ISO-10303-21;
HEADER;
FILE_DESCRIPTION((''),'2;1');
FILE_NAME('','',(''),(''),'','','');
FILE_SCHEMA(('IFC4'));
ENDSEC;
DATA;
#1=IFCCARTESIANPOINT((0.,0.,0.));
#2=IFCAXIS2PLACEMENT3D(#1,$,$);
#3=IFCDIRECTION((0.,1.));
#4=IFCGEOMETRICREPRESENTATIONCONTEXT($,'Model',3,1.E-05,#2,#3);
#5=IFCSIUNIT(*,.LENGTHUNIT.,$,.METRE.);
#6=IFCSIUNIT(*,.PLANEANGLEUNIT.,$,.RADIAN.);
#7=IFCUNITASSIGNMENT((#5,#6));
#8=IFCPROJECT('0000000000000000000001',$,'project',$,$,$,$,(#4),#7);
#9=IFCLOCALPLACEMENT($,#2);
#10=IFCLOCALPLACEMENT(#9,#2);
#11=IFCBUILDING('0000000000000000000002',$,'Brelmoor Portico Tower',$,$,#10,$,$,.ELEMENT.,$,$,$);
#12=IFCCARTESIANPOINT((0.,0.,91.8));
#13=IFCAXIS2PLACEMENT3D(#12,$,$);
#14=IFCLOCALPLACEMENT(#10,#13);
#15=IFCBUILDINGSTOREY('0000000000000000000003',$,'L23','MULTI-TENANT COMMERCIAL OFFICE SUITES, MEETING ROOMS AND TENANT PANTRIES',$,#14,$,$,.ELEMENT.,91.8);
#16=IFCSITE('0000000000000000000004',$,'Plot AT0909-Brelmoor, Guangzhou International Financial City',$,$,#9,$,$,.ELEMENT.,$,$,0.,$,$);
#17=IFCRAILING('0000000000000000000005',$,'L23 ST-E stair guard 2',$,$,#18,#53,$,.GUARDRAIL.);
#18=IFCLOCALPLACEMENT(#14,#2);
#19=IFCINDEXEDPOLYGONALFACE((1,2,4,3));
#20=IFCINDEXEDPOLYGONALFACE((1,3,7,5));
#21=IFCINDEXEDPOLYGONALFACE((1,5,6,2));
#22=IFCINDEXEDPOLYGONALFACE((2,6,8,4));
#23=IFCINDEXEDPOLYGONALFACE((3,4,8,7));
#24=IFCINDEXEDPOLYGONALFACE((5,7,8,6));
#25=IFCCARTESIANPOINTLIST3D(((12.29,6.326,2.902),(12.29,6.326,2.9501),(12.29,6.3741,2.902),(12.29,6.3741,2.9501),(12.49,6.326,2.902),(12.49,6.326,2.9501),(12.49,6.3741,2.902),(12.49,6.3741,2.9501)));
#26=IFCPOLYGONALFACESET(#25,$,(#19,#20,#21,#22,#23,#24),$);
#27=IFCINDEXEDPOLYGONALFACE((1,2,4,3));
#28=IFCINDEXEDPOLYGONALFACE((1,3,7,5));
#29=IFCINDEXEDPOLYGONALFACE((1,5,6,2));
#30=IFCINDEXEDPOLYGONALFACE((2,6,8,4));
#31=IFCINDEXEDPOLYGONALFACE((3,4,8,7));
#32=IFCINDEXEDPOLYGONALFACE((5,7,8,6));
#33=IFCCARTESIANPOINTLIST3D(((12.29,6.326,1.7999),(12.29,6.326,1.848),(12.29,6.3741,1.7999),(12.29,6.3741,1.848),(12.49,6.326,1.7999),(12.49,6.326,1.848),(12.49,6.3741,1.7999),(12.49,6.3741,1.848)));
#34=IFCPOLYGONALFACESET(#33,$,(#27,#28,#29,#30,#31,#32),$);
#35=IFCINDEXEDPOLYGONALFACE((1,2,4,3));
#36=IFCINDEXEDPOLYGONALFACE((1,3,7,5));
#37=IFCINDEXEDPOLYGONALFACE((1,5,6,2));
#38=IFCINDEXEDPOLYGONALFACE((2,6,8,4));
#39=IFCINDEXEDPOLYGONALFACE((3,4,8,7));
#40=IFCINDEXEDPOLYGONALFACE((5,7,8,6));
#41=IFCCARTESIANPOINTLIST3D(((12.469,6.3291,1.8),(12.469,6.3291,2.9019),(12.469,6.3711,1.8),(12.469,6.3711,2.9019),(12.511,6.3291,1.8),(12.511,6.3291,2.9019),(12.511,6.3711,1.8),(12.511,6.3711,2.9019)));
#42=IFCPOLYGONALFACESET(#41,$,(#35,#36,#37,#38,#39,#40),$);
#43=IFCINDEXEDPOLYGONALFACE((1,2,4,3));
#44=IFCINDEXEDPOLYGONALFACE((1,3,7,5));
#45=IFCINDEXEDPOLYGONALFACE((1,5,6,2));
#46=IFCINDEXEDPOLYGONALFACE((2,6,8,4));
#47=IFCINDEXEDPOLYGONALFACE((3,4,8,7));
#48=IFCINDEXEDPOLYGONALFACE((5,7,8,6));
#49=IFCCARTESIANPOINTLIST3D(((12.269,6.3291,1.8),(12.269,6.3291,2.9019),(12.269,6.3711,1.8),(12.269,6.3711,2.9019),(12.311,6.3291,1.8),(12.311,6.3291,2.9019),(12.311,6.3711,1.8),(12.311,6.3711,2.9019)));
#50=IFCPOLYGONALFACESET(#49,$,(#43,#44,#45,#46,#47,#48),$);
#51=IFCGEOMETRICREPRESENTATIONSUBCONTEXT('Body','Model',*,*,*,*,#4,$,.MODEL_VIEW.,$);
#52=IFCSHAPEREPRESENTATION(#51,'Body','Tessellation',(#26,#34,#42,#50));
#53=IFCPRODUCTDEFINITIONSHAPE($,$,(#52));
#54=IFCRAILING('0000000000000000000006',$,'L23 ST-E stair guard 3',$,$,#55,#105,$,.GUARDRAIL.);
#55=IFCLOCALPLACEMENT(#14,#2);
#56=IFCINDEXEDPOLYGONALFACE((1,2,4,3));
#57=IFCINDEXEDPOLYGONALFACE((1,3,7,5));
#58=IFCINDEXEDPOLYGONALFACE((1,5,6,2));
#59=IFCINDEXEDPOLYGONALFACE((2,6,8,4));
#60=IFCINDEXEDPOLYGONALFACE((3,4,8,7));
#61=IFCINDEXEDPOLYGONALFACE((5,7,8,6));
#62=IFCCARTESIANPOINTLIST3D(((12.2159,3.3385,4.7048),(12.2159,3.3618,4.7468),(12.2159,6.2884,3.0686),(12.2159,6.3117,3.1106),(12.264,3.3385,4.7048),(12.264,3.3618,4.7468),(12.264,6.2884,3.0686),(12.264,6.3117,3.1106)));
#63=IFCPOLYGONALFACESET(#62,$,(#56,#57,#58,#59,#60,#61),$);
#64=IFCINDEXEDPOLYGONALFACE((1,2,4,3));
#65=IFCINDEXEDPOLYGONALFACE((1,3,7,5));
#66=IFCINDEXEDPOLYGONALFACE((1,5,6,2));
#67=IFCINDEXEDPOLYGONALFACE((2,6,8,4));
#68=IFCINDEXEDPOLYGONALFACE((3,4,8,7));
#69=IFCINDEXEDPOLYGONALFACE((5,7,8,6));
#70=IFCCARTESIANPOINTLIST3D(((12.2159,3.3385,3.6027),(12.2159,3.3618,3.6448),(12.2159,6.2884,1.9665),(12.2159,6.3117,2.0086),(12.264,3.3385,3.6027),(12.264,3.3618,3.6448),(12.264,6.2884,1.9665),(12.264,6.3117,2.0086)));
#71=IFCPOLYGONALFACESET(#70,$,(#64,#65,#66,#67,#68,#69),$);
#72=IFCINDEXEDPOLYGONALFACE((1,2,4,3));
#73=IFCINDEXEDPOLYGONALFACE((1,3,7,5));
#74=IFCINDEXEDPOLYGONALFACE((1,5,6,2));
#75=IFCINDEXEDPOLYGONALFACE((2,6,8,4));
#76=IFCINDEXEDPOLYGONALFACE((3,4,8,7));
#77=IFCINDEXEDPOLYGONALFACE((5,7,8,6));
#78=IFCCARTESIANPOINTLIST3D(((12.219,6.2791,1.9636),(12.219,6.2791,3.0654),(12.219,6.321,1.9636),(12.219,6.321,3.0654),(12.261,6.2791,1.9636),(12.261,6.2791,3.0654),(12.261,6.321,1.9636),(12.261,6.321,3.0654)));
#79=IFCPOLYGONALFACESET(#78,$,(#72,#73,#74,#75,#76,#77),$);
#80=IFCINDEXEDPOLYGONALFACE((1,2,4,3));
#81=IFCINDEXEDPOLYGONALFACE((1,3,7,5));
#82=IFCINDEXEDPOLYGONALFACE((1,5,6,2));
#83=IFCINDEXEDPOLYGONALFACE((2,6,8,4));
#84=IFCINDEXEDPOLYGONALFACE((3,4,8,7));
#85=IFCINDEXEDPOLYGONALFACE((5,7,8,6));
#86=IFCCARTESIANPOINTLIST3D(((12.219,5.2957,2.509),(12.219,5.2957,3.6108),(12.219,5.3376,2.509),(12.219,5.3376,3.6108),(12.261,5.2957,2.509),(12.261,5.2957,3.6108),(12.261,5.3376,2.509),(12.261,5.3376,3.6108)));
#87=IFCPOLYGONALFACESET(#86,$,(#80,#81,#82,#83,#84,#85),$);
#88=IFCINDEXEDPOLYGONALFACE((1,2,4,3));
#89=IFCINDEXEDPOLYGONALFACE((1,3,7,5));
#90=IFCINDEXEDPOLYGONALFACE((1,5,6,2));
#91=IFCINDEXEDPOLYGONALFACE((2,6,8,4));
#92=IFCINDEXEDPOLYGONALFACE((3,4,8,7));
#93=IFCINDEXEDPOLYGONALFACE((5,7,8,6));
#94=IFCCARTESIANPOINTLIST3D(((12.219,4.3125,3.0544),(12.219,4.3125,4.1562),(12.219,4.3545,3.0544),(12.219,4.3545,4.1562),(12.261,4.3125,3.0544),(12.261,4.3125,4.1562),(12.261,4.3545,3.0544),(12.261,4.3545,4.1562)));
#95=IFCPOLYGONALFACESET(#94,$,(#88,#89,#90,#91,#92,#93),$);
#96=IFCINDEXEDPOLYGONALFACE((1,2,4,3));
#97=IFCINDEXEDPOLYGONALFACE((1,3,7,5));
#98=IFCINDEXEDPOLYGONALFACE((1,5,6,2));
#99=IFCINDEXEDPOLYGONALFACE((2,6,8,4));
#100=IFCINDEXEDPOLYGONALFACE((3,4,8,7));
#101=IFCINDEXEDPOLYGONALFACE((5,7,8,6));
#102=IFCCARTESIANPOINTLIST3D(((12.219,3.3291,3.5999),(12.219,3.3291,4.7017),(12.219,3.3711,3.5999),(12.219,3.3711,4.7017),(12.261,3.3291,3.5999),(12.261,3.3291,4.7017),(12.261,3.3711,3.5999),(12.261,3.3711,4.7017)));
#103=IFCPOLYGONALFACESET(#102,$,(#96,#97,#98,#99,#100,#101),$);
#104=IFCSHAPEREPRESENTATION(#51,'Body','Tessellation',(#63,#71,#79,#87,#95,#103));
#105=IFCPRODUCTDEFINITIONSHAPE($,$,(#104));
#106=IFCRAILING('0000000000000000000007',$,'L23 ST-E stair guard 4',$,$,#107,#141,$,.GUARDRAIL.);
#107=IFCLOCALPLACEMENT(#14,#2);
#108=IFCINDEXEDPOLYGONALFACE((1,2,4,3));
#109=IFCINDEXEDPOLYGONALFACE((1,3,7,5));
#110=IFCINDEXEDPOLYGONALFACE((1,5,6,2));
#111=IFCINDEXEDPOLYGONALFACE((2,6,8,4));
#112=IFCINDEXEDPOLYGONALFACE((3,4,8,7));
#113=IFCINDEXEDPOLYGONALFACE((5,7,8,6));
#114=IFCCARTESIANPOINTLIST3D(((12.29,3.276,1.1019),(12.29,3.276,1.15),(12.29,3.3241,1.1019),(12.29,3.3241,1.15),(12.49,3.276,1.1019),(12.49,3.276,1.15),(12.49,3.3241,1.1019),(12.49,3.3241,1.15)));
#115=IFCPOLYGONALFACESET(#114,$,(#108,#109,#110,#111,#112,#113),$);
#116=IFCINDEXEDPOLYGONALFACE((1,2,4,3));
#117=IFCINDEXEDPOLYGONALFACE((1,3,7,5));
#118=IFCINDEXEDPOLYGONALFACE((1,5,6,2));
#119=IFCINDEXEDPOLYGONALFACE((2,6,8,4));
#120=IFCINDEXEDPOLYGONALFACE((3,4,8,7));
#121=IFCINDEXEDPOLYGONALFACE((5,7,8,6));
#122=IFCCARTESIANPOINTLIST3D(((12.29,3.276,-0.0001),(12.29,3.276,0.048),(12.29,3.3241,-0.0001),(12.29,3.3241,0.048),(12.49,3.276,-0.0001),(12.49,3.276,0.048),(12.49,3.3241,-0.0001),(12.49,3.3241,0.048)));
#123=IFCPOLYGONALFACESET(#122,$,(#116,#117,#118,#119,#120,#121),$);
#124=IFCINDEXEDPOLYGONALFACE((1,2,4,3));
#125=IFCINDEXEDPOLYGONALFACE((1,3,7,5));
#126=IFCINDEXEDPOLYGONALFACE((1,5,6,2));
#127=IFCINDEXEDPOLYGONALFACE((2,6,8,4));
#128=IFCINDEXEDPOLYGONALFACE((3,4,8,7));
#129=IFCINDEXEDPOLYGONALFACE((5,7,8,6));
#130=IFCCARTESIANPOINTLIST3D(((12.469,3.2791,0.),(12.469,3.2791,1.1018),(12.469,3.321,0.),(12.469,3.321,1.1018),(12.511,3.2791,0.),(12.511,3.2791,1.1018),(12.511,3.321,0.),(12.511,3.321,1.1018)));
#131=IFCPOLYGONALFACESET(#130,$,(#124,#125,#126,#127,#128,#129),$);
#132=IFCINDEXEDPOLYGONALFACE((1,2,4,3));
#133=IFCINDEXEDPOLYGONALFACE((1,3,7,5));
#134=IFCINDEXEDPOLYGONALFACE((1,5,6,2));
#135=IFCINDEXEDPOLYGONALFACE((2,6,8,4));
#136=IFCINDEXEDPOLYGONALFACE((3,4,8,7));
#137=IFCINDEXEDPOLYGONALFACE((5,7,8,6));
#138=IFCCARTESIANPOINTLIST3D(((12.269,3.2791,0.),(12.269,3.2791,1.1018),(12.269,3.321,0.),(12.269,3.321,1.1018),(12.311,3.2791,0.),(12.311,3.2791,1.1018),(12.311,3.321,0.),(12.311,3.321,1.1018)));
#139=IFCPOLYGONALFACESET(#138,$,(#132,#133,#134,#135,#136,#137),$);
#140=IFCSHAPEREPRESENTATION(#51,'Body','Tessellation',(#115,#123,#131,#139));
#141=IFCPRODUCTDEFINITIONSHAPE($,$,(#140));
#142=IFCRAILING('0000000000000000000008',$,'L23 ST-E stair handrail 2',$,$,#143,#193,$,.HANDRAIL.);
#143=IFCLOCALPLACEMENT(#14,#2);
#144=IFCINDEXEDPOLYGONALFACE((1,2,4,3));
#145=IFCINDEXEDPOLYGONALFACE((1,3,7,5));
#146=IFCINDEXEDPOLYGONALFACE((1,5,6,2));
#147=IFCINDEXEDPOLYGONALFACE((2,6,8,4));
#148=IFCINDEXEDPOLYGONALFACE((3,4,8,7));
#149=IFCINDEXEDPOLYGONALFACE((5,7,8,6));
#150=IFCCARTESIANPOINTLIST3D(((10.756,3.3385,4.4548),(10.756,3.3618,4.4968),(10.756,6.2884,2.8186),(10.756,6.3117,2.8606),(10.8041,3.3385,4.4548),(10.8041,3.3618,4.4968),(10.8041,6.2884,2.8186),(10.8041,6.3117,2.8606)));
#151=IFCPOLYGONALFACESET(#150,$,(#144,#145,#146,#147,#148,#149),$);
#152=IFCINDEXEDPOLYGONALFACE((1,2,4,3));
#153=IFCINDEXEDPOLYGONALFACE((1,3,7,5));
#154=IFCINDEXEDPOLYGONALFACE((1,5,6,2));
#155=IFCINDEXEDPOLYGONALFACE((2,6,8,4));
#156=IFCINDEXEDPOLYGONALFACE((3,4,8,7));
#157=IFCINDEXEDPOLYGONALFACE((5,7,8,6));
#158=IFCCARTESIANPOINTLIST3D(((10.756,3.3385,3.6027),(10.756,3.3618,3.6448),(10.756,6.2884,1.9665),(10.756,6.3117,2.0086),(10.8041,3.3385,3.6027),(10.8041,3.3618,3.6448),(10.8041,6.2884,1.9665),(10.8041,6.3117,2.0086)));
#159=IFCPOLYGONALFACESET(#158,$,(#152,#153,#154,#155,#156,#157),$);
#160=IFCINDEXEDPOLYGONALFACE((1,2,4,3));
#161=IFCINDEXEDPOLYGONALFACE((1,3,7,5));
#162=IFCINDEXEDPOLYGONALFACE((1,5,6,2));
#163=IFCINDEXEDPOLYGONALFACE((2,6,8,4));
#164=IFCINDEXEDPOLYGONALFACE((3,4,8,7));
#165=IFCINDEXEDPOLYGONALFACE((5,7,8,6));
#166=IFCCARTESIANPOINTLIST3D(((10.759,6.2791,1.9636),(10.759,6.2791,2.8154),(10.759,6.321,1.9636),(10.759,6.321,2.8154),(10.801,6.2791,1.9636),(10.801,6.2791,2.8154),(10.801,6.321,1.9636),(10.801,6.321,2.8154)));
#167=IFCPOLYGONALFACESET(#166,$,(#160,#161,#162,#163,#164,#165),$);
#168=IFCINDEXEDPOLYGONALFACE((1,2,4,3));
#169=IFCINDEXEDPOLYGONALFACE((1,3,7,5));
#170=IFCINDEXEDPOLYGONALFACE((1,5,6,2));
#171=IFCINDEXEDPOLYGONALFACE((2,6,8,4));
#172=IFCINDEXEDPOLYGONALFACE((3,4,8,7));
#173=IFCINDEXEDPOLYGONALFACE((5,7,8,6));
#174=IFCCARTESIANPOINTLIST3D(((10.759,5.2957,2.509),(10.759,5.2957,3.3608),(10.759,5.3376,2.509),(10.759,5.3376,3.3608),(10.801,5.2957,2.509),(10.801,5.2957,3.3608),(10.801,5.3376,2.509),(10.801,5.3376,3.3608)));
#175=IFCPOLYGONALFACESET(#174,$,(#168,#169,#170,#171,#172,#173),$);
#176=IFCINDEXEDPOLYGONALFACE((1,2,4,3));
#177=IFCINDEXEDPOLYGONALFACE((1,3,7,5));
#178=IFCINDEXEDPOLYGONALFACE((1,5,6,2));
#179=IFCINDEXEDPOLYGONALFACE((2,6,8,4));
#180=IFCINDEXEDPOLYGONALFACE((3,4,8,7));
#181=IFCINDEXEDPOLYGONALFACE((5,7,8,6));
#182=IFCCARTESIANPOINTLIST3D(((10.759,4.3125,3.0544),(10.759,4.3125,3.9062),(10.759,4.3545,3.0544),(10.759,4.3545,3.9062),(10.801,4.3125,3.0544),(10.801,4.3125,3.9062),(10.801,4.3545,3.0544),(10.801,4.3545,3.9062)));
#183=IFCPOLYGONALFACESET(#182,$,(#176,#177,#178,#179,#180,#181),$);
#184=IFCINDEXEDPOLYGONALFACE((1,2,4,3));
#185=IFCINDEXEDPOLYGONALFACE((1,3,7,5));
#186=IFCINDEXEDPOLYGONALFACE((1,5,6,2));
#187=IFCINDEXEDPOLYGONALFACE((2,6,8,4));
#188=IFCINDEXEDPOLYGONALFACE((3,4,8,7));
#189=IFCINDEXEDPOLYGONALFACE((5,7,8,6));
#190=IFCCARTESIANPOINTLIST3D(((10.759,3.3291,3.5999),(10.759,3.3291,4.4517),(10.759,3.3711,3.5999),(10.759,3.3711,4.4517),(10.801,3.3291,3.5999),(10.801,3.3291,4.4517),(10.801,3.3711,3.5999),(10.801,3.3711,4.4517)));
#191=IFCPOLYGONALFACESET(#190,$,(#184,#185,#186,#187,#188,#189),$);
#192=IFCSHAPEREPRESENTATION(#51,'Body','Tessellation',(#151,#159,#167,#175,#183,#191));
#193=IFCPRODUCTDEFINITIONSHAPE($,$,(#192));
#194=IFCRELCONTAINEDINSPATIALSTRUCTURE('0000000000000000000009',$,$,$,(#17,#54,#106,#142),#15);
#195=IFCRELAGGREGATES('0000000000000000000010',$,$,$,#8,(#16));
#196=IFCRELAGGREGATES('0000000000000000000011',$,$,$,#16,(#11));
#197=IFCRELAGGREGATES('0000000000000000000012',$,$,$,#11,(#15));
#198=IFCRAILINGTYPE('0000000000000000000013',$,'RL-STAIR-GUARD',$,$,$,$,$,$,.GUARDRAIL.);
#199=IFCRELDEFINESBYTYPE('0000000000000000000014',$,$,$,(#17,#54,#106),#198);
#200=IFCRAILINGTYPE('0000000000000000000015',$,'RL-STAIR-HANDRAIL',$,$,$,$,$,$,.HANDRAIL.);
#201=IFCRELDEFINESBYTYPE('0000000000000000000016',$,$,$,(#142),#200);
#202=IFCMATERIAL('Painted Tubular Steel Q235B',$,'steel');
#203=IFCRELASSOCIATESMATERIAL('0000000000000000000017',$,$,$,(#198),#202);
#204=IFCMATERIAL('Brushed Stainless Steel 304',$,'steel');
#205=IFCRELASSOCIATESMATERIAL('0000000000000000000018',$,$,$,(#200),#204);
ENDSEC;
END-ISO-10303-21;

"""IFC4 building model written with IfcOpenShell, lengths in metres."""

from ifc_helpers import new_model, si_unit, direction, frame, origin, origin_2d, place, context, subcontext, project, spatial, rectangle, extrude, material, type_object, element, save


model = new_model("IFC4")

# Units and contexts
model_context = context("Model", 3, precision=1e-05, world=origin(), true_north=direction((0.0, 1.0)))
body_context = subcontext(model_context, "Body", "Model", "MODEL_VIEW")
ifc_project = project(units=[si_unit("LENGTHUNIT", "METRE"), si_unit("PLANEANGLEUNIT", "RADIAN")], contexts=[model_context])

# Site, building, storey
site_placement = place(None, origin())
site = spatial("IfcSite", under=ifc_project, at=site_placement, Name="Plot AT0909-Brelmoor, Guangzhou International Financial City", CompositionType="ELEMENT", RefElevation=0.0)
building_placement = place(site_placement, origin())
building = spatial("IfcBuilding", under=site, at=building_placement, Name="Brelmoor Portico Tower", CompositionType="ELEMENT")
storey_placement = place(building_placement, frame((0.0, 0.0, 91.8)))
storey = spatial("IfcBuildingStorey", under=building, at=storey_placement, Name="L23", Description="MULTI-TENANT COMMERCIAL OFFICE SUITES, MEETING ROOMS AND TENANT PANTRIES", CompositionType="ELEMENT", Elevation=91.8)

# Railings
ifc_material_1 = material(Name="Painted Tubular Steel Q235B", Category="steel")
railing_type_1 = type_object("IfcRailingType", Name="RL-STAIR-GUARD", PredefinedType="GUARDRAIL", material=ifc_material_1)
railing_1_placement = place(storey_placement, frame((12.49, 6.3501, 1.8)))
element("IfcRailing", 1, at=railing_1_placement, inside=storey, type_object=railing_type_1, Name="L23 ST-E stair guard 2", PredefinedType="GUARDRAIL", context=body_context, shape_type="SweptSolid", body=[
    extrude(rectangle(XDim=0.0481, YDim=0.0481, at=origin_2d()), frame((0.0, 0.0, 1.126), z_axis=(-1.0, 0.0, 0.0), x_axis=(0.0, -1.0, 0.0)), (0.0, 0.0, 1.0), 0.2),
    extrude(rectangle(XDim=0.0481, YDim=0.0481, at=origin_2d()), frame((0.0, 0.0, 0.0239), z_axis=(-1.0, 0.0, 0.0), x_axis=(0.0, -1.0, 0.0)), (0.0, 0.0, 1.0), 0.2),
    extrude(rectangle(XDim=0.042, YDim=0.042, at=origin_2d()), origin(), (0.0, 0.0, 1.0), 1.1018),
    extrude(rectangle(XDim=0.042, YDim=0.042, at=origin_2d()), frame((-0.2, 0.0, 0.0)), (0.0, 0.0, 1.0), 1.1018),
])
railing_2_placement = place(storey_placement, frame((12.24, 6.3, 1.9636)))
element("IfcRailing", 2, at=railing_2_placement, inside=storey, type_object=railing_type_1, Name="L23 ST-E stair guard 3", PredefinedType="GUARDRAIL", context=body_context, shape_type="SweptSolid", body=[
    extrude(rectangle(XDim=0.0481, YDim=0.0481, at=origin_2d()), frame((0.0, 0.0, 1.126), z_axis=(0.0, -0.874488, 0.485047), x_axis=(1.0, 0.0, 0.0)), (0.0, 0.0, 1.0), 3.3733),
    extrude(rectangle(XDim=0.0481, YDim=0.0481, at=origin_2d()), frame((0.0, 0.0, 0.0239), z_axis=(0.0, -0.874488, 0.485047), x_axis=(1.0, 0.0, 0.0)), (0.0, 0.0, 1.0), 3.3733),
    extrude(rectangle(XDim=0.042, YDim=0.042, at=origin_2d()), origin(), (0.0, 0.0, 1.0), 1.1018),
    extrude(rectangle(XDim=0.042, YDim=0.042, at=origin_2d()), frame((0.0, -0.9834, 0.5454)), (0.0, 0.0, 1.0), 1.1018),
    extrude(rectangle(XDim=0.042, YDim=0.042, at=origin_2d()), frame((0.0, -1.9666, 1.0908)), (0.0, 0.0, 1.0), 1.1018),
    extrude(rectangle(XDim=0.042, YDim=0.042, at=origin_2d()), frame((0.0, -2.95, 1.6362)), (0.0, 0.0, 1.0), 1.1018),
])
railing_3_placement = place(storey_placement, frame((12.49, 3.3, 0.0)))
element("IfcRailing", 3, at=railing_3_placement, inside=storey, type_object=railing_type_1, Name="L23 ST-E stair guard 4", PredefinedType="GUARDRAIL", context=body_context, shape_type="SweptSolid", body=[
    extrude(rectangle(XDim=0.0481, YDim=0.0481, at=origin_2d()), frame((0.0, 0.0, 1.126), z_axis=(-1.0, 0.0, 0.0), x_axis=(0.0, -1.0, 0.0)), (0.0, 0.0, 1.0), 0.2),
    extrude(rectangle(XDim=0.0481, YDim=0.0481, at=origin_2d()), frame((0.0, 0.0, 0.0239), z_axis=(-1.0, 0.0, 0.0), x_axis=(0.0, -1.0, 0.0)), (0.0, 0.0, 1.0), 0.2),
    extrude(rectangle(XDim=0.042, YDim=0.042, at=origin_2d()), origin(), (0.0, 0.0, 1.0), 1.1018),
    extrude(rectangle(XDim=0.042, YDim=0.042, at=origin_2d()), frame((-0.2, 0.0, 0.0)), (0.0, 0.0, 1.0), 1.1018),
])
ifc_material_2 = material(Name="Brushed Stainless Steel 304", Category="steel")
railing_type_2 = type_object("IfcRailingType", Name="RL-STAIR-HANDRAIL", PredefinedType="HANDRAIL", material=ifc_material_2)
railing_4_placement = place(storey_placement, frame((10.78, 6.3, 1.9636)))
element("IfcRailing", 4, at=railing_4_placement, inside=storey, type_object=railing_type_2, Name="L23 ST-E stair handrail 2", PredefinedType="HANDRAIL", context=body_context, shape_type="SweptSolid", body=[
    extrude(rectangle(XDim=0.0481, YDim=0.0481, at=origin_2d()), frame((0.0, 0.0, 0.876), z_axis=(0.0, -0.874488, 0.485047), x_axis=(1.0, 0.0, 0.0)), (0.0, 0.0, 1.0), 3.3733),
    extrude(rectangle(XDim=0.0481, YDim=0.0481, at=origin_2d()), frame((0.0, 0.0, 0.0239), z_axis=(0.0, -0.874488, 0.485047), x_axis=(1.0, 0.0, 0.0)), (0.0, 0.0, 1.0), 3.3733),
    extrude(rectangle(XDim=0.042, YDim=0.042, at=origin_2d()), origin(), (0.0, 0.0, 1.0), 0.8518),
    extrude(rectangle(XDim=0.042, YDim=0.042, at=origin_2d()), frame((0.0, -0.9834, 0.5454)), (0.0, 0.0, 1.0), 0.8518),
    extrude(rectangle(XDim=0.042, YDim=0.042, at=origin_2d()), frame((0.0, -1.9666, 1.0908)), (0.0, 0.0, 1.0), 0.8518),
    extrude(rectangle(XDim=0.042, YDim=0.042, at=origin_2d()), frame((0.0, -2.95, 1.6362)), (0.0, 0.0, 1.0), 0.8518),
])

save(model, "model.ifc")
